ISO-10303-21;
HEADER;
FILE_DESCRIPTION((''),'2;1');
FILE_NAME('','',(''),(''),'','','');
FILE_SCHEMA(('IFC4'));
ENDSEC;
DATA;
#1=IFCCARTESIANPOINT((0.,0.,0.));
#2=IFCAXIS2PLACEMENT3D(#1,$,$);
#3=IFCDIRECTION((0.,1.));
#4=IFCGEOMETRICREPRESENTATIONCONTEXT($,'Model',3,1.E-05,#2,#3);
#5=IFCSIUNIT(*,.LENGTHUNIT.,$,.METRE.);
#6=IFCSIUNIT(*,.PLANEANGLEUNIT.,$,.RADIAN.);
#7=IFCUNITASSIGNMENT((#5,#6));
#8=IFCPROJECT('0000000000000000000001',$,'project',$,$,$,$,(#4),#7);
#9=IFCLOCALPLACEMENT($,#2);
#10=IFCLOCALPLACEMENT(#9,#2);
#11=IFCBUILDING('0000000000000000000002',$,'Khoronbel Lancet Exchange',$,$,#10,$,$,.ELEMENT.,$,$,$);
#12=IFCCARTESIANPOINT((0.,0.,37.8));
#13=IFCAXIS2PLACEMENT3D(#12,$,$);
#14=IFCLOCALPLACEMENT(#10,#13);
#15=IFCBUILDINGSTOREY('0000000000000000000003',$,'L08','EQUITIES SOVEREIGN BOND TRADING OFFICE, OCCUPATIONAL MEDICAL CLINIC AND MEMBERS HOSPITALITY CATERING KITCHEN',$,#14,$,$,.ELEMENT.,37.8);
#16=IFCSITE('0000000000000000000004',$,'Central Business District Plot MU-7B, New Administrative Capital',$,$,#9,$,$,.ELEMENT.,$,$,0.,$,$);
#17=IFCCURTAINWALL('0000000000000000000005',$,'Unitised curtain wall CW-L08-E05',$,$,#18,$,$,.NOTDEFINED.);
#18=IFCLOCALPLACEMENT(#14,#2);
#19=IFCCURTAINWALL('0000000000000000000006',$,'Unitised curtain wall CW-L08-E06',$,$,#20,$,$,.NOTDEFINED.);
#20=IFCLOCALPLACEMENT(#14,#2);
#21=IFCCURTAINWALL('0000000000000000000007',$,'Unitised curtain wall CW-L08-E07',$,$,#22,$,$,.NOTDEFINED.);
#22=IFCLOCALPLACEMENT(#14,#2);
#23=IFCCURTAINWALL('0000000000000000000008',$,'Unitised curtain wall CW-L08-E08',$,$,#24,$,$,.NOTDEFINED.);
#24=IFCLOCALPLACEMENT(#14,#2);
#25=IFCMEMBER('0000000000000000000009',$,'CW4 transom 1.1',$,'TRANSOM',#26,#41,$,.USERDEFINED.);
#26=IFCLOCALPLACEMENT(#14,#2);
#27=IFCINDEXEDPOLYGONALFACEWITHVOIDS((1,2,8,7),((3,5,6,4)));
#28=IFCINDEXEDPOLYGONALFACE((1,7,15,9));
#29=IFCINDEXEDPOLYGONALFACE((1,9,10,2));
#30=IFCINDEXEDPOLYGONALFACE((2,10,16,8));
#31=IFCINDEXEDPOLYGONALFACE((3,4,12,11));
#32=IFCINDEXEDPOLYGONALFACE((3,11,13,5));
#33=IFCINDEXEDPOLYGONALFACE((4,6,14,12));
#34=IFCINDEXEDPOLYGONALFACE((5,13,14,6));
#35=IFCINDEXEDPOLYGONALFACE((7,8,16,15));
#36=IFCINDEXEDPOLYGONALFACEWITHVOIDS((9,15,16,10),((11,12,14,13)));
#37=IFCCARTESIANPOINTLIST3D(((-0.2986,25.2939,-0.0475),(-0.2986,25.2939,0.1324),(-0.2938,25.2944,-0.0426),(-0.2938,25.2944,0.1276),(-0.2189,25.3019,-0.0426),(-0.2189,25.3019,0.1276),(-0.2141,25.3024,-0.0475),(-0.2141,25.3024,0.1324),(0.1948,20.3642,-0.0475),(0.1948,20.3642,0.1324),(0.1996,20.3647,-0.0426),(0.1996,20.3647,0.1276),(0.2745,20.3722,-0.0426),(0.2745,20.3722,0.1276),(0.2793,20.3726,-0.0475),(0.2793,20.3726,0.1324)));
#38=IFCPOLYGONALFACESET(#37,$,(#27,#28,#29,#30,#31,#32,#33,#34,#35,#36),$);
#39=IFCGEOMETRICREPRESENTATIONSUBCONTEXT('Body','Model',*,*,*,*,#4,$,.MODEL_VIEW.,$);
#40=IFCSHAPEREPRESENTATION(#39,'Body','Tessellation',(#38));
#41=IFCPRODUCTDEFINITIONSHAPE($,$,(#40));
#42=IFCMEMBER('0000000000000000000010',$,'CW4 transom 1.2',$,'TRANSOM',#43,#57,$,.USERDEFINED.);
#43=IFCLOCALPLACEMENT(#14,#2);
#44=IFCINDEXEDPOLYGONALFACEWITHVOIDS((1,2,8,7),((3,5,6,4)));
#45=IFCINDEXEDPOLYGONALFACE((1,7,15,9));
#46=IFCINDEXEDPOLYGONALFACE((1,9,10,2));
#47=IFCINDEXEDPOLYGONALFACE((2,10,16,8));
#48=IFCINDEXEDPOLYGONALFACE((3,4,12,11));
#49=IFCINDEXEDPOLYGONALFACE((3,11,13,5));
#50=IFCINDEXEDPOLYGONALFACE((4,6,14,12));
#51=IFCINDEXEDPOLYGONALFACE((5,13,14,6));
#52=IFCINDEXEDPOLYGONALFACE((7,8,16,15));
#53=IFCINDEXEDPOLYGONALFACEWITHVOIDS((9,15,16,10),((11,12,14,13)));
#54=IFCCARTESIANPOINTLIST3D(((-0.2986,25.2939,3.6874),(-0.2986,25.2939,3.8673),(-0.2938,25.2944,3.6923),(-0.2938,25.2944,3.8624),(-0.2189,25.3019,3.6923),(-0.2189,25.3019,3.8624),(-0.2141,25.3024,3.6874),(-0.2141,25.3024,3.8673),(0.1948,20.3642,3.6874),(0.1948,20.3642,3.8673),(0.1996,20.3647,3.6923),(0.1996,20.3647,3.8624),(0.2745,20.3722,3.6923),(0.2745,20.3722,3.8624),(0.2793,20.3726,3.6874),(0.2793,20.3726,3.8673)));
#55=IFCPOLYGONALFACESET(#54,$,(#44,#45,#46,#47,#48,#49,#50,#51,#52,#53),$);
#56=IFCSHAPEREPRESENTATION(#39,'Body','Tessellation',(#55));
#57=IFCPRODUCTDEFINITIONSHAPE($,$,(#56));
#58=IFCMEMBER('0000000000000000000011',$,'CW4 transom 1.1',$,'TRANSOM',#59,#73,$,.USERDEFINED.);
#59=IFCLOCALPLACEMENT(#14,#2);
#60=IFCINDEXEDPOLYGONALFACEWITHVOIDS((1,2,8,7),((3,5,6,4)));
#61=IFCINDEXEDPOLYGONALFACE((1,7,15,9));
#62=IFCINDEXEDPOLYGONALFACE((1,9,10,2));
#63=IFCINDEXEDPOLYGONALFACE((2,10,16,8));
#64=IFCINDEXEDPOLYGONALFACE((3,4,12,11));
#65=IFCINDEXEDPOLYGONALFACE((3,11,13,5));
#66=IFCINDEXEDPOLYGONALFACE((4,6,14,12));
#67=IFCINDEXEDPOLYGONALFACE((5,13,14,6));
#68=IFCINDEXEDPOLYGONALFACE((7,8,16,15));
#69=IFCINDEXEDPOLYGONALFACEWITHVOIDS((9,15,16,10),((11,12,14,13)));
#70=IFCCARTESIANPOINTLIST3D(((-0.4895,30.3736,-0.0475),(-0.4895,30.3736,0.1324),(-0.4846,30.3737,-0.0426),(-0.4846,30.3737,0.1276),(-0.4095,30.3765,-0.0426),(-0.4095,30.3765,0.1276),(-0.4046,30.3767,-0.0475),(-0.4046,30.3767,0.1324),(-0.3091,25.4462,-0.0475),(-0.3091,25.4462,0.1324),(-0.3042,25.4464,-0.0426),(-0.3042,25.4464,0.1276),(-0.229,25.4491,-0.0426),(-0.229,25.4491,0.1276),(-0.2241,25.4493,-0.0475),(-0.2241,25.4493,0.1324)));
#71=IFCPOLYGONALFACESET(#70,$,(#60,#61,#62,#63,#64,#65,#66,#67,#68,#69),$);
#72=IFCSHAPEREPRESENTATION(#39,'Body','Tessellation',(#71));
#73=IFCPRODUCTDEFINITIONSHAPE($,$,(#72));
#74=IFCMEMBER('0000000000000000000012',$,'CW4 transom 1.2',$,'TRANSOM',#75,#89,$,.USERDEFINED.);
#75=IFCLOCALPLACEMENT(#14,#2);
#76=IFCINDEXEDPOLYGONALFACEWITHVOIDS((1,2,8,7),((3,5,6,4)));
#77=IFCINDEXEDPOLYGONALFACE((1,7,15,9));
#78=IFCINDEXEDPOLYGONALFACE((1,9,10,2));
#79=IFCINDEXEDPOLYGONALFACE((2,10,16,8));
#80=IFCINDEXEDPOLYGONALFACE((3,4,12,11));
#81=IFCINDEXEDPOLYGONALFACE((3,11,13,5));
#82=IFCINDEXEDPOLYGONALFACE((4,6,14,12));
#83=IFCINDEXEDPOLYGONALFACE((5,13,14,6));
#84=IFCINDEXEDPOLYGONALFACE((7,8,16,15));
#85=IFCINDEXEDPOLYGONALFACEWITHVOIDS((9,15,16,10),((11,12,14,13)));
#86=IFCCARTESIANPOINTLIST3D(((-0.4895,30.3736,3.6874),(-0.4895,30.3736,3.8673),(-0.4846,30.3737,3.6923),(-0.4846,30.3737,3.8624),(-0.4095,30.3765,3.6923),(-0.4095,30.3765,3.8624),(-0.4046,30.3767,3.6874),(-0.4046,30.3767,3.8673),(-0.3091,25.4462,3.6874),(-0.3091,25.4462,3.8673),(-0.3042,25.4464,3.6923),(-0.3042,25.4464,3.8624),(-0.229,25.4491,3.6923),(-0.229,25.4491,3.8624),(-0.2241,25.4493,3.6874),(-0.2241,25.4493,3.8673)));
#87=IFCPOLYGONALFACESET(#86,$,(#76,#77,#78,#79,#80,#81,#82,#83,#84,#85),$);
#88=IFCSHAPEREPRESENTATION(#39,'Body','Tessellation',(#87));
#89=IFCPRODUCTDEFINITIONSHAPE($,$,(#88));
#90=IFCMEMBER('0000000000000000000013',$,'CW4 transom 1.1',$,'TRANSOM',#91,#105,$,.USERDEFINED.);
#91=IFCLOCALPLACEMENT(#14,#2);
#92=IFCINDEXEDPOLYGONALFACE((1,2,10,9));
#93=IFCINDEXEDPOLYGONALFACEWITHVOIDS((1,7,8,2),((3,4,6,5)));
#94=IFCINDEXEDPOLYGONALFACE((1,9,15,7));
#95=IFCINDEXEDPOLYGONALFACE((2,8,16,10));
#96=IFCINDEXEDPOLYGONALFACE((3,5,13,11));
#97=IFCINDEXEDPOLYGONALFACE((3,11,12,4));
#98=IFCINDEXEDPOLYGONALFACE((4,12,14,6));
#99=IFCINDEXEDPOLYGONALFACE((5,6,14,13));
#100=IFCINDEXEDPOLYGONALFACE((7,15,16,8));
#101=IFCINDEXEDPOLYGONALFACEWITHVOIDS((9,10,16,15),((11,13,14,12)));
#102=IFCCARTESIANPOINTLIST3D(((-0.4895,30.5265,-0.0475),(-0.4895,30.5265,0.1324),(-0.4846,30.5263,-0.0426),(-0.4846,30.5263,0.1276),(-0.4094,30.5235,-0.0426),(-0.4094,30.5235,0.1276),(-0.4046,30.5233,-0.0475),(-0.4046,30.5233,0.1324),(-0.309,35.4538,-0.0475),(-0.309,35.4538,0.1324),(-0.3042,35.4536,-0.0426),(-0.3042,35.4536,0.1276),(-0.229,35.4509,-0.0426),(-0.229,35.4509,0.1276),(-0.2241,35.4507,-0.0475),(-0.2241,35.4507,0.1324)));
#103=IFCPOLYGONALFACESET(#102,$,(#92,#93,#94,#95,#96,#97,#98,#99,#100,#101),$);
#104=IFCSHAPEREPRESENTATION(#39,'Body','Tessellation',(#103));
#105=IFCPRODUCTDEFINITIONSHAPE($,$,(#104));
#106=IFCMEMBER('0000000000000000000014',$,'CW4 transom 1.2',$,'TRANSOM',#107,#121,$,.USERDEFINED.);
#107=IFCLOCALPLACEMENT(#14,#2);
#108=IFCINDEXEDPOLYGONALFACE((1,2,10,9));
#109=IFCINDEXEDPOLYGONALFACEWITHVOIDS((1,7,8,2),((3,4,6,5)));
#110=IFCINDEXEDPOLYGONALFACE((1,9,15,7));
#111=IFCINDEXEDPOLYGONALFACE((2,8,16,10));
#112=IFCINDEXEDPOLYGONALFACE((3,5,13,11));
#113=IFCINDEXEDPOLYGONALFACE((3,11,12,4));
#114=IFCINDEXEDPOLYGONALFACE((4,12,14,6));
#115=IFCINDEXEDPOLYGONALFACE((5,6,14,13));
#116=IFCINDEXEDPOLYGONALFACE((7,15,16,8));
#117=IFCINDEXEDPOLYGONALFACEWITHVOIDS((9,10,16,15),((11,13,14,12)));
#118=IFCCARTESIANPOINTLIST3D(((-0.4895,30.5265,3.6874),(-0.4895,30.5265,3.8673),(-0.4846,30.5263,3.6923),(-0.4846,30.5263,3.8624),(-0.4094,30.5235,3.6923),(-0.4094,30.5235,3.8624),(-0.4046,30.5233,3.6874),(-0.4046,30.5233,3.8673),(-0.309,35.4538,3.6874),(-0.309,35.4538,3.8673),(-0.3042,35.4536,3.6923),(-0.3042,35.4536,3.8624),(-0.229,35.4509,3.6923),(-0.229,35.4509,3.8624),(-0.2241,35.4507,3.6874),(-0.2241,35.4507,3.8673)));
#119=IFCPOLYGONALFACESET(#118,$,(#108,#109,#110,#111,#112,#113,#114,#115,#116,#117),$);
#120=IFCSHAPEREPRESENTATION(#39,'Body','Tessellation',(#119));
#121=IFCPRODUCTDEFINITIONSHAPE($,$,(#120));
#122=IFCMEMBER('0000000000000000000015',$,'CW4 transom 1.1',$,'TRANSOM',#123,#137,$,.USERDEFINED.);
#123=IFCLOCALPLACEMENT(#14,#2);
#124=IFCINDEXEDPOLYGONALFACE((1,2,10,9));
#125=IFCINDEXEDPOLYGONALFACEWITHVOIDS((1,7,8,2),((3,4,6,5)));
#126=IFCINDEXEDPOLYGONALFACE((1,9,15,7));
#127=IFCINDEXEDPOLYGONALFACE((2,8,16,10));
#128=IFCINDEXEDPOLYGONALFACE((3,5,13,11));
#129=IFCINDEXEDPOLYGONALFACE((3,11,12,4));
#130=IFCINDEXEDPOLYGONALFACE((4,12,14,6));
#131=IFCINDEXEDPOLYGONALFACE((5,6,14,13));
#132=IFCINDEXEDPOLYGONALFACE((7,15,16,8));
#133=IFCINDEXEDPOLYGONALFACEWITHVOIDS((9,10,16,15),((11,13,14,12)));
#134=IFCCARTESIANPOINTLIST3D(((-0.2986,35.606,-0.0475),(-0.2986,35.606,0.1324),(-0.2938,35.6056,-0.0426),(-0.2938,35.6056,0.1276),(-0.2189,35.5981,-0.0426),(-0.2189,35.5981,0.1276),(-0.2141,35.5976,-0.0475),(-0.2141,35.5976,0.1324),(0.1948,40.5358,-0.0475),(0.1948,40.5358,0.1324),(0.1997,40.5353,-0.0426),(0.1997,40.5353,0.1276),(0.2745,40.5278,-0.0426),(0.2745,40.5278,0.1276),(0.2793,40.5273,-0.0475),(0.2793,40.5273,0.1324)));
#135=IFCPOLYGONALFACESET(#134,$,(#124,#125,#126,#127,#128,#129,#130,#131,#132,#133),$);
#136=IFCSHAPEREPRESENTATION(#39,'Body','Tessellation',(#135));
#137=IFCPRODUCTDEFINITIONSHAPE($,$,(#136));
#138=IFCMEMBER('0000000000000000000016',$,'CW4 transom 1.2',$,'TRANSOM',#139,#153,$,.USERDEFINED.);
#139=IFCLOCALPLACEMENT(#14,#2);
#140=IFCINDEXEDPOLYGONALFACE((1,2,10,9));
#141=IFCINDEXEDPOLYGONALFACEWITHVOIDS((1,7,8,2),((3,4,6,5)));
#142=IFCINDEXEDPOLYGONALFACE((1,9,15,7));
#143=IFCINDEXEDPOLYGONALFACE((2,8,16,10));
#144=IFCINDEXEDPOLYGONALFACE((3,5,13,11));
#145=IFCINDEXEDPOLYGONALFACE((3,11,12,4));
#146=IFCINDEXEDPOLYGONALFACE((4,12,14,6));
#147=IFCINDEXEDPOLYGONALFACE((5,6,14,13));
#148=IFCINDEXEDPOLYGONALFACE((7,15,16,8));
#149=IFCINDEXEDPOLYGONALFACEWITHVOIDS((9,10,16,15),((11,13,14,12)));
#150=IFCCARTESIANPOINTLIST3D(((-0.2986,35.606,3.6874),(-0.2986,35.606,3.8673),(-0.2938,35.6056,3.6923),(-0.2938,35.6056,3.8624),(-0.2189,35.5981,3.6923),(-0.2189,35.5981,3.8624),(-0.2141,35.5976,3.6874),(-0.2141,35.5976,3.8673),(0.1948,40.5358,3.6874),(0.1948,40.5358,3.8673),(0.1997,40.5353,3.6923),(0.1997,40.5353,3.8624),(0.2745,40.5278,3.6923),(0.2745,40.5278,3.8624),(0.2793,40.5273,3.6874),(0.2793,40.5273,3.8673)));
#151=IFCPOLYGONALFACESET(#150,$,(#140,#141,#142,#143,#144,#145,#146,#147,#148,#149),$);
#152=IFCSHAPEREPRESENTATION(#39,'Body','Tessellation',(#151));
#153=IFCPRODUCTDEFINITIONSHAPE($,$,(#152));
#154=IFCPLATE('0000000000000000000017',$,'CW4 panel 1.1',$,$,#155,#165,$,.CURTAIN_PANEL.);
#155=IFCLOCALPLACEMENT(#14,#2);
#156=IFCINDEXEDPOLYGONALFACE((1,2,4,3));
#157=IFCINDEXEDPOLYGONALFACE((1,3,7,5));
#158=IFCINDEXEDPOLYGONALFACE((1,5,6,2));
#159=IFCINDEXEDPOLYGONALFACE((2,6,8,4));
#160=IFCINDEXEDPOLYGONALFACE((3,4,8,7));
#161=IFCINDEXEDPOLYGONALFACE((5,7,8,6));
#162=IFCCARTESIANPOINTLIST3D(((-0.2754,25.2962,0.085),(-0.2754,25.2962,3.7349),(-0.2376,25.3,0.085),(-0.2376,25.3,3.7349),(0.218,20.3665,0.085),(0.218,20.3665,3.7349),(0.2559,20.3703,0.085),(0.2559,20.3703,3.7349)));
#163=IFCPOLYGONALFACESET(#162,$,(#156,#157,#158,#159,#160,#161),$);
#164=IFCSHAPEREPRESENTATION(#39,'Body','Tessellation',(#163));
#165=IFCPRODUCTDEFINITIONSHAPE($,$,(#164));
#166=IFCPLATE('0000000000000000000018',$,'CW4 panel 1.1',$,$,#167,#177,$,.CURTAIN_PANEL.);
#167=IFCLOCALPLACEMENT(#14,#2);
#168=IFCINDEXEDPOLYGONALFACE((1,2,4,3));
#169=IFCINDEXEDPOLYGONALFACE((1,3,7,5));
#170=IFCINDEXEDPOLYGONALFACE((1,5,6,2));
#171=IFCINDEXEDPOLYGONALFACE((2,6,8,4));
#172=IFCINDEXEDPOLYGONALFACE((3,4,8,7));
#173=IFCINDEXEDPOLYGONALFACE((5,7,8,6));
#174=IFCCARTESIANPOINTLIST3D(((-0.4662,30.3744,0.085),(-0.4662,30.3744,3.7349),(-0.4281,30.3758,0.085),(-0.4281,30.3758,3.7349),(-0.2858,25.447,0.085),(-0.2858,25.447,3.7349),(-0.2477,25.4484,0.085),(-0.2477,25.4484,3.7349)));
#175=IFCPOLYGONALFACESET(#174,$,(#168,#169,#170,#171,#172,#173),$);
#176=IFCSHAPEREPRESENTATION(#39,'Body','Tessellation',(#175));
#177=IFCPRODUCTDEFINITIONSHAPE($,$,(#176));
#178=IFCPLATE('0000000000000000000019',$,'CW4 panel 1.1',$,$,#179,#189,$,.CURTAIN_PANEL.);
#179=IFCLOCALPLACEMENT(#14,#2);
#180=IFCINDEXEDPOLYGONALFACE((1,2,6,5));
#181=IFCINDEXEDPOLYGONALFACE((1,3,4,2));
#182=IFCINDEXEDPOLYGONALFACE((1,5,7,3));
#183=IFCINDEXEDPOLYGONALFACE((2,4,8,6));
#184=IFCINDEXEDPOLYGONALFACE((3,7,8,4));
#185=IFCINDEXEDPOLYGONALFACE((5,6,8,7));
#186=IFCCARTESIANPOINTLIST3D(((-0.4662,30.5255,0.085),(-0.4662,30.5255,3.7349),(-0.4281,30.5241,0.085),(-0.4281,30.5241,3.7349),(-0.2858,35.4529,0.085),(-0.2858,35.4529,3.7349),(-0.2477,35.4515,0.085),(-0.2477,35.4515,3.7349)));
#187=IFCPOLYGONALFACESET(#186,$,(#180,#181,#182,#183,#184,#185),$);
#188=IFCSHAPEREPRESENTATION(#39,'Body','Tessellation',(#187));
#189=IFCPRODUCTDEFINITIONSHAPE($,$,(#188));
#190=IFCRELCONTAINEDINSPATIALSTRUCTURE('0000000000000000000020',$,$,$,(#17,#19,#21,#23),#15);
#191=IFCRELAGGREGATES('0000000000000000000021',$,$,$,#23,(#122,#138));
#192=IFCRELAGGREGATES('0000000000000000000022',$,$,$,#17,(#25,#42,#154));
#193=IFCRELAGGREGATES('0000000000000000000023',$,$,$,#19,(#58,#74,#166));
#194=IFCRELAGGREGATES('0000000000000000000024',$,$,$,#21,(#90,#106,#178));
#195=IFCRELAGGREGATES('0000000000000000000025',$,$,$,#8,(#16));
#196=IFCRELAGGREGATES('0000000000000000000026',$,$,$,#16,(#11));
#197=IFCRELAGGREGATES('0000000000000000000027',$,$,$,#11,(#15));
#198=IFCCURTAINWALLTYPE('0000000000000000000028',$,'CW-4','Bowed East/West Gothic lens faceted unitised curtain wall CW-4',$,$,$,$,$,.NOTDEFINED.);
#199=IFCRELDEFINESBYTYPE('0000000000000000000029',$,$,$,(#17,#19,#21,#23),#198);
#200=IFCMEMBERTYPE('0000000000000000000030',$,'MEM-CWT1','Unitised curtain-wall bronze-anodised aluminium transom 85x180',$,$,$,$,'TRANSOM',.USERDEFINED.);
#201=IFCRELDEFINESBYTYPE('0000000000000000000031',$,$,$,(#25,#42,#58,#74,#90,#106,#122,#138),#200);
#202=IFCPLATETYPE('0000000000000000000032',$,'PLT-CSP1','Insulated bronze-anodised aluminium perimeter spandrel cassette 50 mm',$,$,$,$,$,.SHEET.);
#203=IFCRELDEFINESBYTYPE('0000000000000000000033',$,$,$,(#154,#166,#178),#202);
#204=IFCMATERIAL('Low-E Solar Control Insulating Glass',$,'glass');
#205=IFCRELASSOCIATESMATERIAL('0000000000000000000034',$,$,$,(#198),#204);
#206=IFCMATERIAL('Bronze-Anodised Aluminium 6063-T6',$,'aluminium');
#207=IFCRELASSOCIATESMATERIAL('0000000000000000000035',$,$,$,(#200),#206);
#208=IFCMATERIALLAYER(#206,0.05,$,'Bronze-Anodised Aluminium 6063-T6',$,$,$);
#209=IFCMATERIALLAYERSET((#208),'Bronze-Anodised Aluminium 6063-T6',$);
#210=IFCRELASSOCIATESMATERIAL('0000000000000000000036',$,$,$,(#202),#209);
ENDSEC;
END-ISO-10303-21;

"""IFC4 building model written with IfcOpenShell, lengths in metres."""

from ifc_helpers import new_model, si_unit, direction, frame, origin, origin_2d, place, context, subcontext, project, spatial, rectangle, hollow_rectangle, extrude, material, layer, layer_set, material_profile, profile_set, type_object, element, aggregate, save


model = new_model("IFC4")

# Units and contexts
model_context = context("Model", 3, precision=1e-05, world=origin(), true_north=direction((0.0, 1.0)))
body_context = subcontext(model_context, "Body", "Model", "MODEL_VIEW")
ifc_project = project(units=[si_unit("LENGTHUNIT", "METRE"), si_unit("PLANEANGLEUNIT", "RADIAN")], contexts=[model_context])

# Site, building, storey
site_placement = place(None, origin())
site = spatial("IfcSite", under=ifc_project, at=site_placement, Name="Central Business District Plot MU-7B, New Administrative Capital", CompositionType="ELEMENT", RefElevation=0.0)
building_placement = place(site_placement, origin())
building = spatial("IfcBuilding", under=site, at=building_placement, Name="Khoronbel Lancet Exchange", CompositionType="ELEMENT")
storey_placement = place(building_placement, frame((0.0, 0.0, 37.8)))
storey = spatial("IfcBuildingStorey", under=building, at=storey_placement, Name="L08", Description="EQUITIES SOVEREIGN BOND TRADING OFFICE, OCCUPATIONAL MEDICAL CLINIC AND MEMBERS HOSPITALITY CATERING KITCHEN", CompositionType="ELEMENT", Elevation=37.8)

# Curtain walls
ifc_material_1 = material(Name="Low-E Solar Control Insulating Glass", Category="glass")
curtain_wall_type = type_object("IfcCurtainWallType", Name="CW-4", Description="Bowed East/West Gothic lens faceted unitised curtain wall CW-4", PredefinedType="NOTDEFINED", material=ifc_material_1)
ifc_material_2 = material(Name="Bronze-Anodised Aluminium 6063-T6", Category="aluminium")
curtain_wall_1_placement = place(storey_placement, origin())
curtain_wall_1 = element("IfcCurtainWall", 1, at=curtain_wall_1_placement, inside=storey, type_object=curtain_wall_type, Name="Unitised curtain wall CW-L08-E05", PredefinedType="NOTDEFINED")
curtain_wall_2_placement = place(storey_placement, origin())
curtain_wall_2 = element("IfcCurtainWall", 2, at=curtain_wall_2_placement, inside=storey, type_object=curtain_wall_type, Name="Unitised curtain wall CW-L08-E06", PredefinedType="NOTDEFINED")
curtain_wall_3_placement = place(storey_placement, origin())
curtain_wall_3 = element("IfcCurtainWall", 3, at=curtain_wall_3_placement, inside=storey, type_object=curtain_wall_type, Name="Unitised curtain wall CW-L08-E07", PredefinedType="NOTDEFINED")

# Curtain wall
curtain_wall_4_placement = place(storey_placement, origin())
curtain_wall_4 = element("IfcCurtainWall", 4, at=curtain_wall_4_placement, inside=storey, type_object=curtain_wall_type, Name="Unitised curtain wall CW-L08-E08", PredefinedType="NOTDEFINED")

# Members
ifc_material_profile_1 = material_profile(ifc_material_2, hollow_rectangle(XDim=0.085, YDim=0.1799, WallThickness=0.0049, at=origin_2d()), Name="ALU TRANSOM 85x180")
ifc_profile_set_1 = profile_set([ifc_material_profile_1], Name="Bronze-Anodised Aluminium 6063-T6")
member_type_1 = type_object("IfcMemberType", Name="MEM-CWT1", Description="Unitised curtain-wall bronze-anodised aluminium transom 85x180", ElementType="TRANSOM", PredefinedType="USERDEFINED", material=ifc_profile_set_1)
member_1_placement = place(storey_placement, frame((0.2371, 20.3684, 0.0425), z_axis=(-0.099592, 0.995028, 0.0), x_axis=(-0.995028, -0.099592, 0.0)))
member_1 = element("IfcMember", 5, at=member_1_placement, type_object=member_type_1, Name="CW4 transom 1.1", ObjectType="TRANSOM", PredefinedType="USERDEFINED", context=body_context, shape_type="SweptSolid", body=[
    extrude(hollow_rectangle(XDim=0.085, YDim=0.1799, WallThickness=0.0049, at=origin_2d()), origin(), (0.0, 0.0, 1.0), 4.9543),
])
member_2_placement = place(storey_placement, frame((0.2371, 20.3684, 3.7773), z_axis=(-0.099592, 0.995028, 0.0), x_axis=(-0.995028, -0.099592, 0.0)))
member_2 = element("IfcMember", 6, at=member_2_placement, type_object=member_type_1, Name="CW4 transom 1.2", ObjectType="TRANSOM", PredefinedType="USERDEFINED", context=body_context, shape_type="SweptSolid", body=[
    extrude(hollow_rectangle(XDim=0.085, YDim=0.1799, WallThickness=0.0049, at=origin_2d()), origin(), (0.0, 0.0, 1.0), 4.9543),
])
member_3_placement = place(storey_placement, frame((-0.2666, 25.4478, 0.0425), z_axis=(-0.036592, 0.99933, 0.0), x_axis=(-0.99933, -0.036592, 0.0)))
member_3 = element("IfcMember", 7, at=member_3_placement, type_object=member_type_1, Name="CW4 transom 1.1", ObjectType="TRANSOM", PredefinedType="USERDEFINED", context=body_context, shape_type="SweptSolid", body=[
    extrude(hollow_rectangle(XDim=0.085, YDim=0.1799, WallThickness=0.0049, at=origin_2d()), origin(), (0.0, 0.0, 1.0), 4.9307),
])
member_4_placement = place(storey_placement, frame((-0.2666, 25.4478, 3.7773), z_axis=(-0.036592, 0.99933, 0.0), x_axis=(-0.99933, -0.036592, 0.0)))
member_4 = element("IfcMember", 8, at=member_4_placement, type_object=member_type_1, Name="CW4 transom 1.2", ObjectType="TRANSOM", PredefinedType="USERDEFINED", context=body_context, shape_type="SweptSolid", body=[
    extrude(hollow_rectangle(XDim=0.085, YDim=0.1799, WallThickness=0.0049, at=origin_2d()), origin(), (0.0, 0.0, 1.0), 4.9307),
])
member_5_placement = place(storey_placement, frame((-0.447, 30.5249, 0.0425), z_axis=(0.036592, 0.99933, 0.0), x_axis=(-0.99933, 0.036592, 0.0)))
member_5 = element("IfcMember", 9, at=member_5_placement, type_object=member_type_1, Name="CW4 transom 1.1", ObjectType="TRANSOM", PredefinedType="USERDEFINED", context=body_context, shape_type="SweptSolid", body=[
    extrude(hollow_rectangle(XDim=0.085, YDim=0.1799, WallThickness=0.0049, at=origin_2d()), origin(), (0.0, 0.0, 1.0), 4.9307),
])
member_6_placement = place(storey_placement, frame((-0.447, 30.5249, 3.7773), z_axis=(0.036592, 0.99933, 0.0), x_axis=(-0.99933, 0.036592, 0.0)))
member_6 = element("IfcMember", 10, at=member_6_placement, type_object=member_type_1, Name="CW4 transom 1.2", ObjectType="TRANSOM", PredefinedType="USERDEFINED", context=body_context, shape_type="SweptSolid", body=[
    extrude(hollow_rectangle(XDim=0.085, YDim=0.1799, WallThickness=0.0049, at=origin_2d()), origin(), (0.0, 0.0, 1.0), 4.9307),
])
member_7_placement = place(storey_placement, frame((-0.2563, 35.6018, 0.0425), z_axis=(0.099592, 0.995028, 0.0), x_axis=(-0.995028, 0.099592, 0.0)))
member_7 = element("IfcMember", 11, at=member_7_placement, type_object=member_type_1, Name="CW4 transom 1.1", ObjectType="TRANSOM", PredefinedType="USERDEFINED", context=body_context, shape_type="SweptSolid", body=[
    extrude(hollow_rectangle(XDim=0.085, YDim=0.1799, WallThickness=0.0049, at=origin_2d()), origin(), (0.0, 0.0, 1.0), 4.9543),
])
member_8_placement = place(storey_placement, frame((-0.2563, 35.6018, 3.7773), z_axis=(0.099592, 0.995028, 0.0), x_axis=(-0.995028, 0.099592, 0.0)))
member_8 = element("IfcMember", 12, at=member_8_placement, type_object=member_type_1, Name="CW4 transom 1.2", ObjectType="TRANSOM", PredefinedType="USERDEFINED", context=body_context, shape_type="SweptSolid", body=[
    extrude(hollow_rectangle(XDim=0.085, YDim=0.1799, WallThickness=0.0049, at=origin_2d()), origin(), (0.0, 0.0, 1.0), 4.9543),
])
aggregate(curtain_wall_4, [member_7, member_8])

# Plates
ifc_layer_1 = layer(ifc_material_2, 0.05, Name="Bronze-Anodised Aluminium 6063-T6")
ifc_layer_set_1 = layer_set([ifc_layer_1], Name="Bronze-Anodised Aluminium 6063-T6")
plate_type_1 = type_object("IfcPlateType", Name="PLT-CSP1", Description="Insulated bronze-anodised aluminium perimeter spandrel cassette 50 mm", PredefinedType="SHEET", material=ifc_layer_set_1)
plate_1_placement = place(storey_placement, frame((-0.0098, 22.8333, 0.085), z_axis=(0.0, 0.0, 1.0), x_axis=(-0.099603, 0.995027, 0.0)))
plate_1 = element("IfcPlate", 13, at=plate_1_placement, type_object=plate_type_1, Name="CW4 panel 1.1", PredefinedType="CURTAIN_PANEL", context=body_context, shape_type="SweptSolid", body=[
    extrude(rectangle(XDim=4.9543, YDim=0.0381, at=origin_2d()), origin(), (0.0, 0.0, 1.0), 3.6499),
])
aggregate(curtain_wall_1, [member_1, member_2, plate_1])
plate_2_placement = place(storey_placement, frame((-0.3569, 27.9114, 0.085), z_axis=(0.0, 0.0, 1.0), x_axis=(-0.03659, 0.99933, 0.0)))
plate_2 = element("IfcPlate", 14, at=plate_2_placement, type_object=plate_type_1, Name="CW4 panel 1.1", PredefinedType="CURTAIN_PANEL", context=body_context, shape_type="SweptSolid", body=[
    extrude(rectangle(XDim=4.9307, YDim=0.0381, at=origin_2d()), origin(), (0.0, 0.0, 1.0), 3.6499),
])
aggregate(curtain_wall_2, [member_3, member_4, plate_2])
plate_3_placement = place(storey_placement, frame((-0.3569, 32.9885, 0.085), z_axis=(0.0, 0.0, 1.0), x_axis=(0.03659, 0.99933, 0.0)))
plate_3 = element("IfcPlate", 15, at=plate_3_placement, type_object=plate_type_1, Name="CW4 panel 1.1", PredefinedType="CURTAIN_PANEL", context=body_context, shape_type="SweptSolid", body=[
    extrude(rectangle(XDim=4.9307, YDim=0.0381, at=origin_2d()), origin(), (0.0, 0.0, 1.0), 3.6499),
])
aggregate(curtain_wall_3, [member_5, member_6, plate_3])

save(model, "model.ifc")
